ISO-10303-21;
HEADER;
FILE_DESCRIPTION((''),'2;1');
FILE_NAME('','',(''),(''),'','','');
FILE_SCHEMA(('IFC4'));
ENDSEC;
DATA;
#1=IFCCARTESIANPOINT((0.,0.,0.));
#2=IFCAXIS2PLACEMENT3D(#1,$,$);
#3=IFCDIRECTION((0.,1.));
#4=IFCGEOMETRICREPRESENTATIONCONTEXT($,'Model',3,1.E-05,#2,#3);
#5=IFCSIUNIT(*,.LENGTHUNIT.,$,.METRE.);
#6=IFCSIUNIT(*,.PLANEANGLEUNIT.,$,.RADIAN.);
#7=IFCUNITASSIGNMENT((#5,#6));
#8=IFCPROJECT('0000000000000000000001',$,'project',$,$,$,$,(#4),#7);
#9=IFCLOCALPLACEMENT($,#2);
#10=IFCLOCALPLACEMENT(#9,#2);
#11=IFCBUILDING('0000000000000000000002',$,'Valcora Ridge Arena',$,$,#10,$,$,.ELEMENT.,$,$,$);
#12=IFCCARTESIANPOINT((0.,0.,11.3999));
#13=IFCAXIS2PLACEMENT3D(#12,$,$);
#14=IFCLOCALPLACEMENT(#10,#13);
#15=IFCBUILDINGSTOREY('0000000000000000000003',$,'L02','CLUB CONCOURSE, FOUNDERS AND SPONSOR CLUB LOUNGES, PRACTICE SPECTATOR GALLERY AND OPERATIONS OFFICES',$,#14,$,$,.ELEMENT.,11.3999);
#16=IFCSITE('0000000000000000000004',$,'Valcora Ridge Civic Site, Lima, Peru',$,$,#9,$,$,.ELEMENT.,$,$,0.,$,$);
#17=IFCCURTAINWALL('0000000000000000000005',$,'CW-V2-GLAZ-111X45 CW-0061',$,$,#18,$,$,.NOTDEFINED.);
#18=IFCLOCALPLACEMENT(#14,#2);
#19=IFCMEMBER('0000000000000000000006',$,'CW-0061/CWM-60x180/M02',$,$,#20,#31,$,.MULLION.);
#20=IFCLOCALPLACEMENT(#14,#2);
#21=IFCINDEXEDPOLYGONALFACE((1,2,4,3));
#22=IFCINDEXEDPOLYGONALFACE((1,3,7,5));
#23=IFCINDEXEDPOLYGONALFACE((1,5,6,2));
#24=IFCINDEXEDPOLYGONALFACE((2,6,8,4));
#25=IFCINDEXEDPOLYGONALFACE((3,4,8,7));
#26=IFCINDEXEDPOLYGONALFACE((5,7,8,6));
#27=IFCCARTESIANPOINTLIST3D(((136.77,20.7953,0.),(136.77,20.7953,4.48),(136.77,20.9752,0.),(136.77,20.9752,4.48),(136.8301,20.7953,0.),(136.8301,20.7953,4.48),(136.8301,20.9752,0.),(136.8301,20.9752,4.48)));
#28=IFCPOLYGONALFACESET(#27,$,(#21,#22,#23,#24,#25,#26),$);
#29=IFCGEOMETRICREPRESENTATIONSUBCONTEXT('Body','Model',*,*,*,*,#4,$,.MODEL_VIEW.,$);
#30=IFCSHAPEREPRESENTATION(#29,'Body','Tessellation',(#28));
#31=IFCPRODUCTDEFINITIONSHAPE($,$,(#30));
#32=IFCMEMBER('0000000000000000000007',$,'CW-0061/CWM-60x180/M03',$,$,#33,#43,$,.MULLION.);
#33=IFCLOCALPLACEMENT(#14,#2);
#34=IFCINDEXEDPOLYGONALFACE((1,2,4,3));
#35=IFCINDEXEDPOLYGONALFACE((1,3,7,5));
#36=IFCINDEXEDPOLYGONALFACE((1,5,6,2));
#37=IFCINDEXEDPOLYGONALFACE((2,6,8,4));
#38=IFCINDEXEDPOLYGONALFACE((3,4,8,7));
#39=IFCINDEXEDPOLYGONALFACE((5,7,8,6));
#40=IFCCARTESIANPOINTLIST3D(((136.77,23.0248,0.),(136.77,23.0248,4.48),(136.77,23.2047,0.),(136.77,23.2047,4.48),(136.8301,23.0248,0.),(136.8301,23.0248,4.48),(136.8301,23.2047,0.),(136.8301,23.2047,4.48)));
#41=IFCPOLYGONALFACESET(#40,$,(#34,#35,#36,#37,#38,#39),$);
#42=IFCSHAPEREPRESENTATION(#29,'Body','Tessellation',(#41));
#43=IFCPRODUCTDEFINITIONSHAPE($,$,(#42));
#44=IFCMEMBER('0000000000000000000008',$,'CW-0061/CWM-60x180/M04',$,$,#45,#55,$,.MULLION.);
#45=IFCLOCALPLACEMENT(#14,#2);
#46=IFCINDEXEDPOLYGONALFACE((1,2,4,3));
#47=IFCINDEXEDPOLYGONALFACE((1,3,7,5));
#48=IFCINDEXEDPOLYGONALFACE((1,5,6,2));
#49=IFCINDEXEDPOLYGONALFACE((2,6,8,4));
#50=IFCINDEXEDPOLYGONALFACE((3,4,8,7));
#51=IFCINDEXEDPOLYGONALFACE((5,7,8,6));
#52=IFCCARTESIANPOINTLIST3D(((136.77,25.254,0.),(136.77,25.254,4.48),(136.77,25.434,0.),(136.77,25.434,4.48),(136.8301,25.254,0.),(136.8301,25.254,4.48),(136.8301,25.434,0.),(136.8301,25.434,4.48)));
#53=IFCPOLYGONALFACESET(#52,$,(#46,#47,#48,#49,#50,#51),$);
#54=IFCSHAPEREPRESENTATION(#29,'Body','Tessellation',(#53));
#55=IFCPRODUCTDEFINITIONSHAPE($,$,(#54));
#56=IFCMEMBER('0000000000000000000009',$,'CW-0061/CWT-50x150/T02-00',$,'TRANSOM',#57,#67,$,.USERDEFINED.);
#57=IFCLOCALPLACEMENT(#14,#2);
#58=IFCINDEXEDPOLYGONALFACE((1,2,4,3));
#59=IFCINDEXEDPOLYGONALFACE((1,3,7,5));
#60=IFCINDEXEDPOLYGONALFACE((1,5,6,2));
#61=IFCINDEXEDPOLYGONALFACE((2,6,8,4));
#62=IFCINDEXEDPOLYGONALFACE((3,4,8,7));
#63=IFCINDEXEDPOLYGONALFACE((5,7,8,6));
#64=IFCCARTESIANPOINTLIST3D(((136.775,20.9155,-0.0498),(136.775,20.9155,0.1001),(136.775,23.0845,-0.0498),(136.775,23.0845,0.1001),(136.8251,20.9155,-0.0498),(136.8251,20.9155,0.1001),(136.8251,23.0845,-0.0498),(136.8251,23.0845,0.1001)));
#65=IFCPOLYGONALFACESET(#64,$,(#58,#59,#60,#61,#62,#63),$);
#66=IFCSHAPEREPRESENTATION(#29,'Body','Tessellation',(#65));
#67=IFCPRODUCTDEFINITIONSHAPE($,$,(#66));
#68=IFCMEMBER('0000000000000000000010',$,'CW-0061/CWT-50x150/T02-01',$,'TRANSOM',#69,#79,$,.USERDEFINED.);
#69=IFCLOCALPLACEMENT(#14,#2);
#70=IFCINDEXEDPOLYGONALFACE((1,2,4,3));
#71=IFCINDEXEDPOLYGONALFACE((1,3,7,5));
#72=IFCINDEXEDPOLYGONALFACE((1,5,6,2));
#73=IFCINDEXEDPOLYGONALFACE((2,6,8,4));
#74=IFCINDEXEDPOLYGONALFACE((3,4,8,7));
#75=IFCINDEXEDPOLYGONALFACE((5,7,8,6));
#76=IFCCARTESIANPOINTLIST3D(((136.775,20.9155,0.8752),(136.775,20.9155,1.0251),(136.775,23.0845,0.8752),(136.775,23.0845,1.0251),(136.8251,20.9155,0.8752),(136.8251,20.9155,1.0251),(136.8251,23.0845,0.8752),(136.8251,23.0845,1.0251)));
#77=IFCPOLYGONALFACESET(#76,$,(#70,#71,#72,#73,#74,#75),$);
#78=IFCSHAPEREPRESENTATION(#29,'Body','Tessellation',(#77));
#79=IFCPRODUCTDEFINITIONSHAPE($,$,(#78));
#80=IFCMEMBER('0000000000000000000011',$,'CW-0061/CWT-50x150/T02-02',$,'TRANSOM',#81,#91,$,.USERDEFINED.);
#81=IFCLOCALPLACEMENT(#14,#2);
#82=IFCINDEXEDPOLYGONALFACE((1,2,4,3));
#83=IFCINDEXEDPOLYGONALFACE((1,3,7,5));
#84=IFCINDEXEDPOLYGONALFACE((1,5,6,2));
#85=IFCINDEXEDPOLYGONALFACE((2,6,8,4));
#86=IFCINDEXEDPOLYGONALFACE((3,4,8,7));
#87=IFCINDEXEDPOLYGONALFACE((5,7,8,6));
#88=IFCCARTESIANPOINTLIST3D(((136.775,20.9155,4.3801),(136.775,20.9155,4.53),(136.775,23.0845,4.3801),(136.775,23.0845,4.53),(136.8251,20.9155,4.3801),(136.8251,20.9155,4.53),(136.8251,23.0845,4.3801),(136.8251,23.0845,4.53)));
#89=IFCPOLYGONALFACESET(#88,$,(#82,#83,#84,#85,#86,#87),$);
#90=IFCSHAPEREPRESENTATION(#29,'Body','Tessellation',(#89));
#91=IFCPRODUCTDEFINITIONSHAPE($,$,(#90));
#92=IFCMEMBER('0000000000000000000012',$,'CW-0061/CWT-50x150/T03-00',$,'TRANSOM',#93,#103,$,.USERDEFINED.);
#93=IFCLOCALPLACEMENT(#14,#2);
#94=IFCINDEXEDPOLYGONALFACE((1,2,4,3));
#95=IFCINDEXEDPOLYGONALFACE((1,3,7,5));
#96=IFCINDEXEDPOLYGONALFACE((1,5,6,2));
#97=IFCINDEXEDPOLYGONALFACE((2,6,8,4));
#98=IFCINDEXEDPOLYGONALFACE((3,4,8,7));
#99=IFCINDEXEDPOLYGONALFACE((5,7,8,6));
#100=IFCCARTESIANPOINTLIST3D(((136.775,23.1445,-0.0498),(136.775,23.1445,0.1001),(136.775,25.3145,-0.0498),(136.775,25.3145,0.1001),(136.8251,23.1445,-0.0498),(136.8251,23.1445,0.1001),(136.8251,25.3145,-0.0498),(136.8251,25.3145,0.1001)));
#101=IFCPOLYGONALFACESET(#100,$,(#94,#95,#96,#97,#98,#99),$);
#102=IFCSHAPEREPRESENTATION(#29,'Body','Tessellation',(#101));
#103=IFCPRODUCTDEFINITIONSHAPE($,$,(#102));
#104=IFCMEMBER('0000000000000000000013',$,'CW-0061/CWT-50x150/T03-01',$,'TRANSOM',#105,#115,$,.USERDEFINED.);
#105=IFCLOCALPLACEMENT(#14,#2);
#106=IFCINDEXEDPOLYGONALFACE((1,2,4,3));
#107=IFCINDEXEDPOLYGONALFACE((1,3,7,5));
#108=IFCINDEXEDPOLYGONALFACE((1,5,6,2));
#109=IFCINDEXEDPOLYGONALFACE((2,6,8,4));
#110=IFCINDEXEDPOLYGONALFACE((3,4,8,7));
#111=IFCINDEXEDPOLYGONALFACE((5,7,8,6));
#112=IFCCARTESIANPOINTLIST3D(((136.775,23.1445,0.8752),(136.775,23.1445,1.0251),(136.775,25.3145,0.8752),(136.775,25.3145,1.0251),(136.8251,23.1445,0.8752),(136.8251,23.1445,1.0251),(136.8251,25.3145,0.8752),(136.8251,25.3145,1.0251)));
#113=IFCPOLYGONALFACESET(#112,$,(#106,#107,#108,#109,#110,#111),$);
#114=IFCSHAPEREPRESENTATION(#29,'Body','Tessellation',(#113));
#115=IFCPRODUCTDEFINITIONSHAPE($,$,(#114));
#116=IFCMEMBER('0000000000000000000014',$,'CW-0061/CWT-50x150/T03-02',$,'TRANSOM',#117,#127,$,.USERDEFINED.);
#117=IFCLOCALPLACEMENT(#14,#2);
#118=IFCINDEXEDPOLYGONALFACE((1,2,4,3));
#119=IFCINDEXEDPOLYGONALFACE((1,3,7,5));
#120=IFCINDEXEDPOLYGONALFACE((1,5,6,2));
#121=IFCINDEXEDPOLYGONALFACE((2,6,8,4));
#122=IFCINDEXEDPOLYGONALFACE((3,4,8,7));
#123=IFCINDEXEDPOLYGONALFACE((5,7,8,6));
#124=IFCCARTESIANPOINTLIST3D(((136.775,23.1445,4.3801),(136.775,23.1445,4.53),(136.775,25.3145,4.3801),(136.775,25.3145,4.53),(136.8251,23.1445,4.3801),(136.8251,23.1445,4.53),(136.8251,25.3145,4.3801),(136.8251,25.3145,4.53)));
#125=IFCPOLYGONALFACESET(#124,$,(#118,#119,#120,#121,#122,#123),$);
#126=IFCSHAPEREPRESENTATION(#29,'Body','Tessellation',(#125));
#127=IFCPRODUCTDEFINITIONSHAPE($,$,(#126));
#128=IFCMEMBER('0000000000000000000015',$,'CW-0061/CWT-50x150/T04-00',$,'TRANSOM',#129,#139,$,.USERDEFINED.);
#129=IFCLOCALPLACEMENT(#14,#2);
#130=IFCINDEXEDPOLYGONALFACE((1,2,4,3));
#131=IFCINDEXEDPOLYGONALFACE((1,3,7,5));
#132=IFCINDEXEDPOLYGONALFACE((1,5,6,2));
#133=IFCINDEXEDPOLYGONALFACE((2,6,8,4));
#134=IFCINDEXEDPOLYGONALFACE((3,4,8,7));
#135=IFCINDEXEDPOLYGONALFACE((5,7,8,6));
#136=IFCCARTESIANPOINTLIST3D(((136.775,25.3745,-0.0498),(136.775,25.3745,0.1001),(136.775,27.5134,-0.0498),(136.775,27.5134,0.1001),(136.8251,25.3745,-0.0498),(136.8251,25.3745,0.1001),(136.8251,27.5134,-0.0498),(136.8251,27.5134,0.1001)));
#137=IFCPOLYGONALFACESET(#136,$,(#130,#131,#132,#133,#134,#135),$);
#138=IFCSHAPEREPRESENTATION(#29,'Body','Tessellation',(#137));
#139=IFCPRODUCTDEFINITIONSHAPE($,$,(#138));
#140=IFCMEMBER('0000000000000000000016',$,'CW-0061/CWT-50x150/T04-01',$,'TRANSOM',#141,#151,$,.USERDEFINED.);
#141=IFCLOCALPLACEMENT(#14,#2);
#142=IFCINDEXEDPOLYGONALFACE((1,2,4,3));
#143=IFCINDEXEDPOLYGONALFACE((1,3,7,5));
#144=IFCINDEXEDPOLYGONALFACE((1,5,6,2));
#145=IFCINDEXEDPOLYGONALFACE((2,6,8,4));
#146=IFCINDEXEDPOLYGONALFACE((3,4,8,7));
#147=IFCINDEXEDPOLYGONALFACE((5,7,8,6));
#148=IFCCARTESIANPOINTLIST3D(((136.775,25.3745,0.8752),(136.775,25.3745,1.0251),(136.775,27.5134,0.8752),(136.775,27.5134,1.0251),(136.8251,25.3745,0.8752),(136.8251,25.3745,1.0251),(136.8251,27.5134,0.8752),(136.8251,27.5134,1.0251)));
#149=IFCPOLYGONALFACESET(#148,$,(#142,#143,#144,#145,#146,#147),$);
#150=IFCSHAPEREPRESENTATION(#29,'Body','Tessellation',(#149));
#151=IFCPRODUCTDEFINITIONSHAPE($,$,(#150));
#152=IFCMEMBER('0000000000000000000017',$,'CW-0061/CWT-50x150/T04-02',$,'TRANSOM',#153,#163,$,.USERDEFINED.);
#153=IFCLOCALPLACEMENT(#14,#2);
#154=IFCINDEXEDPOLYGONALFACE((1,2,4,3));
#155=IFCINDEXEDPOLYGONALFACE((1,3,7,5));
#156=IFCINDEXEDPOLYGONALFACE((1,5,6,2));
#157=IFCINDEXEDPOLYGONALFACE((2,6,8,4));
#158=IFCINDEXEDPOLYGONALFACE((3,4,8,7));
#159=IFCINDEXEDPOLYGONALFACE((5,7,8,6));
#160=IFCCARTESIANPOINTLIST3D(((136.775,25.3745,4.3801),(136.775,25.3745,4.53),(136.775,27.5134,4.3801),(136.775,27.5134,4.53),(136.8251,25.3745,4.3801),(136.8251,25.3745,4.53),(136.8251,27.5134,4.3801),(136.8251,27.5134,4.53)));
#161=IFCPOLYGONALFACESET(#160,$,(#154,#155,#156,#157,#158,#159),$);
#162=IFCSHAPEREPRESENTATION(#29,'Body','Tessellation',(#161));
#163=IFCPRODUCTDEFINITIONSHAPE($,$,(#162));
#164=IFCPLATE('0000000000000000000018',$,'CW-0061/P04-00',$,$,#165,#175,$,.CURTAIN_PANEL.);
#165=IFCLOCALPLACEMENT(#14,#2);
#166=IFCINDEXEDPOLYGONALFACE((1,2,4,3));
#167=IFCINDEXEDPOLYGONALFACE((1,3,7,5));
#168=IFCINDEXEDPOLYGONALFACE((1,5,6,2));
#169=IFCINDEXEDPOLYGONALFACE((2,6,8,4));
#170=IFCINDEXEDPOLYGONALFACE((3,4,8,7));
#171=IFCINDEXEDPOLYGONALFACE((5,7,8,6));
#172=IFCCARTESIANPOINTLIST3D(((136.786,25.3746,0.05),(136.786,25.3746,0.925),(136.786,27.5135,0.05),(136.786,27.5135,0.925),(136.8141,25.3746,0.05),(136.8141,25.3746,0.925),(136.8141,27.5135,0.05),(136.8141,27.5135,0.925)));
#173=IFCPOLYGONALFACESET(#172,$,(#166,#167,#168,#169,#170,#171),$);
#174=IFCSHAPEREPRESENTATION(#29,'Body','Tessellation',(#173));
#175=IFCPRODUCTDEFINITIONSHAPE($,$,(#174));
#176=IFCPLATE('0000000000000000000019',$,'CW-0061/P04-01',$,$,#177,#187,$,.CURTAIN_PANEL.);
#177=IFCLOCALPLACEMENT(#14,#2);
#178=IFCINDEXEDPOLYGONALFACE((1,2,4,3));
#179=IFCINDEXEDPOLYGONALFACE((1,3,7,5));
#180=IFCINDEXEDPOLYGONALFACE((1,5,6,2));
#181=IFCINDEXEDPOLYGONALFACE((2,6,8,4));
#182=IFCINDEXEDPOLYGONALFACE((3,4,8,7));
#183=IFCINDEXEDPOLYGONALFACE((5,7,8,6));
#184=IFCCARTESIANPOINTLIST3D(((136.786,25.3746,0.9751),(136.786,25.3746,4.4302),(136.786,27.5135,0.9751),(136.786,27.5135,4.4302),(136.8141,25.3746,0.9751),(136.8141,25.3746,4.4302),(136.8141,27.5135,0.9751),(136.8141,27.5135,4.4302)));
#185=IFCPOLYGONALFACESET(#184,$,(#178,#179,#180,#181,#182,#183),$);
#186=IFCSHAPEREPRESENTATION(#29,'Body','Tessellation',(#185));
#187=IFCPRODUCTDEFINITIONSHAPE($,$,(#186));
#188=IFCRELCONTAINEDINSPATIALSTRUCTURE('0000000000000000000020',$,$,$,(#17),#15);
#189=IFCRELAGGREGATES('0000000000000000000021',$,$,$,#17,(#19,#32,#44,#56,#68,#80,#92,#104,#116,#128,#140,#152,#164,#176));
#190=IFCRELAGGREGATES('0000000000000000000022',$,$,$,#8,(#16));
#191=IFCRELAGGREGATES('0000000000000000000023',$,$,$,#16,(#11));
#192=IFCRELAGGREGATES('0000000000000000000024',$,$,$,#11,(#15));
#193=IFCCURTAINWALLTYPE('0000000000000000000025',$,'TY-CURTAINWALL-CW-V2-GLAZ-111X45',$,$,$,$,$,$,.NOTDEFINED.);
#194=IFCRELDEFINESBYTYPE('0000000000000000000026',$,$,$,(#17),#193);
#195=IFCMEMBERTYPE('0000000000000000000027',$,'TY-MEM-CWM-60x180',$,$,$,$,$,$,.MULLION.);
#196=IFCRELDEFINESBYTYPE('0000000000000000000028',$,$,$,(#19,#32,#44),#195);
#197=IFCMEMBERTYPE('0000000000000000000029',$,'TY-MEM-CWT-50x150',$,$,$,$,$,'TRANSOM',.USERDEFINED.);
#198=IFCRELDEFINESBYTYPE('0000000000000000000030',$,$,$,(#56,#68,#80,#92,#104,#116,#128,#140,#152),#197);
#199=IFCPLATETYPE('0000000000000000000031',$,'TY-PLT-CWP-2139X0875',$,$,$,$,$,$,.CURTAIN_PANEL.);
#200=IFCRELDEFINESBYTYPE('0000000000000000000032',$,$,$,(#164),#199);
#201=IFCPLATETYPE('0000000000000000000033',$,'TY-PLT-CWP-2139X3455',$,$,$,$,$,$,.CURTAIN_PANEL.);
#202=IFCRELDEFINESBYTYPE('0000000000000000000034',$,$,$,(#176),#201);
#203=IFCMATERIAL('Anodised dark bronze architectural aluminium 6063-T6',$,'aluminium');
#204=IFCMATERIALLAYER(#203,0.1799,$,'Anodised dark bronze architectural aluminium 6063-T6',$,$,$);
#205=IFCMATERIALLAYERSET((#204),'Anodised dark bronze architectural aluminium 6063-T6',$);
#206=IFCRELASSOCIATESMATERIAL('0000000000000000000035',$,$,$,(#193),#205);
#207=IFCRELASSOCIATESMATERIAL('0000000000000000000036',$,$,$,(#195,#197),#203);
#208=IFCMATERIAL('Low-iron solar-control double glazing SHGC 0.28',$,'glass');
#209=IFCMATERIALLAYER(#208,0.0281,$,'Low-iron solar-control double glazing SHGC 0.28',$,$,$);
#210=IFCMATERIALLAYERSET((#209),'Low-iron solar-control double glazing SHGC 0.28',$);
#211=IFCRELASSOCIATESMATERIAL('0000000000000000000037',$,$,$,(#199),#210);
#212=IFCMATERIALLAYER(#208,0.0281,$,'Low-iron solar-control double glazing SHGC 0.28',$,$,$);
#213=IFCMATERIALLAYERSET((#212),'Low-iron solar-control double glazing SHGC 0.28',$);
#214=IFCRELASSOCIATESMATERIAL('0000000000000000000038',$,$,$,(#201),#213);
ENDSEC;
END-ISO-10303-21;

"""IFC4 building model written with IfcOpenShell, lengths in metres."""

from ifc_helpers import new_model, si_unit, direction, frame, origin, origin_2d, place, context, subcontext, project, spatial, rectangle, extrude, material, layer, layer_set, material_profile, profile_set, type_object, element, aggregate, save


model = new_model("IFC4")

# Units and contexts
model_context = context("Model", 3, precision=1e-05, world=origin(), true_north=direction((0.0, 1.0)))
body_context = subcontext(model_context, "Body", "Model", "MODEL_VIEW")
ifc_project = project(units=[si_unit("LENGTHUNIT", "METRE"), si_unit("PLANEANGLEUNIT", "RADIAN")], contexts=[model_context])

# Site, building, storey
site_placement = place(None, origin())
site = spatial("IfcSite", under=ifc_project, at=site_placement, Name="Valcora Ridge Civic Site, Lima, Peru", CompositionType="ELEMENT", RefElevation=0.0)
building_placement = place(site_placement, origin())
building = spatial("IfcBuilding", under=site, at=building_placement, Name="Valcora Ridge Arena", CompositionType="ELEMENT")
storey_placement = place(building_placement, frame((0.0, 0.0, 11.3999)))
storey = spatial("IfcBuildingStorey", under=building, at=storey_placement, Name="L02", Description="CLUB CONCOURSE, FOUNDERS AND SPONSOR CLUB LOUNGES, PRACTICE SPECTATOR GALLERY AND OPERATIONS OFFICES", CompositionType="ELEMENT", Elevation=11.3999)

# Curtain wall, members, plates
ifc_material_1 = material(Name="Anodised dark bronze architectural aluminium 6063-T6", Category="aluminium")
ifc_layer_1 = layer(ifc_material_1, 0.1799, Name="Anodised dark bronze architectural aluminium 6063-T6")
ifc_layer_set_1 = layer_set([ifc_layer_1], Name="Anodised dark bronze architectural aluminium 6063-T6")
curtain_wall_type = type_object("IfcCurtainWallType", Name="TY-CURTAINWALL-CW-V2-GLAZ-111X45", PredefinedType="NOTDEFINED", material=ifc_layer_set_1)
curtain_wall_placement = place(storey_placement, origin())
curtain_wall = element("IfcCurtainWall", 1, at=curtain_wall_placement, inside=storey, type_object=curtain_wall_type, Name="CW-V2-GLAZ-111X45 CW-0061", PredefinedType="NOTDEFINED")
ifc_material_profile_1 = material_profile(ifc_material_1, rectangle(XDim=0.0601, YDim=0.1799, at=origin_2d()), Name="ALU MULLION 60x180")
ifc_profile_set_1 = profile_set([ifc_material_profile_1], Name="Anodised dark bronze architectural aluminium 6063-T6")
member_type_1 = type_object("IfcMemberType", Name="TY-MEM-CWM-60x180", PredefinedType="MULLION", material=ifc_profile_set_1)
member_1_placement = place(storey_placement, frame((136.8, 20.8853, 0.0), z_axis=(0.0, 0.0, 1.0), x_axis=(-1.0, 0.0, 0.0)))
member_1 = element("IfcMember", 2, at=member_1_placement, type_object=member_type_1, Name="CW-0061/CWM-60x180/M02", PredefinedType="MULLION", context=body_context, shape_type="SweptSolid", body=[
    extrude(rectangle(XDim=0.0601, YDim=0.1799, at=origin_2d()), origin(), (0.0, 0.0, 1.0), 4.48),
])
member_2_placement = place(storey_placement, frame((136.8, 23.1147, 0.0), z_axis=(0.0, 0.0, 1.0), x_axis=(-1.0, 0.0, 0.0)))
member_2 = element("IfcMember", 3, at=member_2_placement, type_object=member_type_1, Name="CW-0061/CWM-60x180/M03", PredefinedType="MULLION", context=body_context, shape_type="SweptSolid", body=[
    extrude(rectangle(XDim=0.0601, YDim=0.1799, at=origin_2d()), origin(), (0.0, 0.0, 1.0), 4.48),
])
member_3_placement = place(storey_placement, frame((136.8, 25.344, 0.0), z_axis=(0.0, 0.0, 1.0), x_axis=(-1.0, 0.0, 0.0)))
member_3 = element("IfcMember", 4, at=member_3_placement, type_object=member_type_1, Name="CW-0061/CWM-60x180/M04", PredefinedType="MULLION", context=body_context, shape_type="SweptSolid", body=[
    extrude(rectangle(XDim=0.0601, YDim=0.1799, at=origin_2d()), origin(), (0.0, 0.0, 1.0), 4.48),
])
ifc_material_profile_2 = material_profile(ifc_material_1, rectangle(XDim=0.05, YDim=0.1499, at=origin_2d()), Name="ALU TRANSOM 50x150")
ifc_profile_set_2 = profile_set([ifc_material_profile_2], Name="Anodised dark bronze architectural aluminium 6063-T6")
member_type_2 = type_object("IfcMemberType", Name="TY-MEM-CWT-50x150", ElementType="TRANSOM", PredefinedType="USERDEFINED", material=ifc_profile_set_2)
member_4_placement = place(storey_placement, frame((136.8, 20.9155, 0.0251), z_axis=(0.0, 1.0, 0.0), x_axis=(-1.0, 0.0, 0.0)))
member_4 = element("IfcMember", 5, at=member_4_placement, type_object=member_type_2, Name="CW-0061/CWT-50x150/T02-00", ObjectType="TRANSOM", PredefinedType="USERDEFINED", context=body_context, shape_type="SweptSolid", body=[
    extrude(rectangle(XDim=0.05, YDim=0.1499, at=origin_2d()), origin(), (0.0, 0.0, 1.0), 2.1689),
])
member_5_placement = place(storey_placement, frame((136.8, 20.9155, 0.9502), z_axis=(0.0, 1.0, 0.0), x_axis=(-1.0, 0.0, 0.0)))
member_5 = element("IfcMember", 6, at=member_5_placement, type_object=member_type_2, Name="CW-0061/CWT-50x150/T02-01", ObjectType="TRANSOM", PredefinedType="USERDEFINED", context=body_context, shape_type="SweptSolid", body=[
    extrude(rectangle(XDim=0.05, YDim=0.1499, at=origin_2d()), origin(), (0.0, 0.0, 1.0), 2.1689),
])
member_6_placement = place(storey_placement, frame((136.8, 20.9155, 4.4551), z_axis=(0.0, 1.0, 0.0), x_axis=(-1.0, 0.0, 0.0)))
member_6 = element("IfcMember", 7, at=member_6_placement, type_object=member_type_2, Name="CW-0061/CWT-50x150/T02-02", ObjectType="TRANSOM", PredefinedType="USERDEFINED", context=body_context, shape_type="SweptSolid", body=[
    extrude(rectangle(XDim=0.05, YDim=0.1499, at=origin_2d()), origin(), (0.0, 0.0, 1.0), 2.1689),
])
member_7_placement = place(storey_placement, frame((136.8, 23.1445, 0.0251), z_axis=(0.0, 1.0, 0.0), x_axis=(-1.0, 0.0, 0.0)))
member_7 = element("IfcMember", 8, at=member_7_placement, type_object=member_type_2, Name="CW-0061/CWT-50x150/T03-00", ObjectType="TRANSOM", PredefinedType="USERDEFINED", context=body_context, shape_type="SweptSolid", body=[
    extrude(rectangle(XDim=0.05, YDim=0.1499, at=origin_2d()), origin(), (0.0, 0.0, 1.0), 2.1699),
])
member_8_placement = place(storey_placement, frame((136.8, 23.1445, 0.9502), z_axis=(0.0, 1.0, 0.0), x_axis=(-1.0, 0.0, 0.0)))
member_8 = element("IfcMember", 9, at=member_8_placement, type_object=member_type_2, Name="CW-0061/CWT-50x150/T03-01", ObjectType="TRANSOM", PredefinedType="USERDEFINED", context=body_context, shape_type="SweptSolid", body=[
    extrude(rectangle(XDim=0.05, YDim=0.1499, at=origin_2d()), origin(), (0.0, 0.0, 1.0), 2.1699),
])
member_9_placement = place(storey_placement, frame((136.8, 23.1445, 4.4551), z_axis=(0.0, 1.0, 0.0), x_axis=(-1.0, 0.0, 0.0)))
member_9 = element("IfcMember", 10, at=member_9_placement, type_object=member_type_2, Name="CW-0061/CWT-50x150/T03-02", ObjectType="TRANSOM", PredefinedType="USERDEFINED", context=body_context, shape_type="SweptSolid", body=[
    extrude(rectangle(XDim=0.05, YDim=0.1499, at=origin_2d()), origin(), (0.0, 0.0, 1.0), 2.1699),
])
member_10_placement = place(storey_placement, frame((136.8, 25.3745, 0.0251), z_axis=(0.0, 1.0, 0.0), x_axis=(-1.0, 0.0, 0.0)))
member_10 = element("IfcMember", 11, at=member_10_placement, type_object=member_type_2, Name="CW-0061/CWT-50x150/T04-00", ObjectType="TRANSOM", PredefinedType="USERDEFINED", context=body_context, shape_type="SweptSolid", body=[
    extrude(rectangle(XDim=0.05, YDim=0.1499, at=origin_2d()), origin(), (0.0, 0.0, 1.0), 2.1389),
])
member_11_placement = place(storey_placement, frame((136.8, 25.3745, 0.9502), z_axis=(0.0, 1.0, 0.0), x_axis=(-1.0, 0.0, 0.0)))
member_11 = element("IfcMember", 12, at=member_11_placement, type_object=member_type_2, Name="CW-0061/CWT-50x150/T04-01", ObjectType="TRANSOM", PredefinedType="USERDEFINED", context=body_context, shape_type="SweptSolid", body=[
    extrude(rectangle(XDim=0.05, YDim=0.1499, at=origin_2d()), origin(), (0.0, 0.0, 1.0), 2.1389),
])
member_12_placement = place(storey_placement, frame((136.8, 25.3745, 4.4551), z_axis=(0.0, 1.0, 0.0), x_axis=(-1.0, 0.0, 0.0)))
member_12 = element("IfcMember", 13, at=member_12_placement, type_object=member_type_2, Name="CW-0061/CWT-50x150/T04-02", ObjectType="TRANSOM", PredefinedType="USERDEFINED", context=body_context, shape_type="SweptSolid", body=[
    extrude(rectangle(XDim=0.05, YDim=0.1499, at=origin_2d()), origin(), (0.0, 0.0, 1.0), 2.1389),
])
ifc_material_2 = material(Name="Low-iron solar-control double glazing SHGC 0.28", Category="glass")
ifc_layer_2 = layer(ifc_material_2, 0.0281, Name="Low-iron solar-control double glazing SHGC 0.28")
ifc_layer_set_2 = layer_set([ifc_layer_2], Name="Low-iron solar-control double glazing SHGC 0.28")
plate_type_1 = type_object("IfcPlateType", Name="TY-PLT-CWP-2139X0875", PredefinedType="CURTAIN_PANEL", material=ifc_layer_set_2)
plate_1_placement = place(storey_placement, frame((136.8, 26.4441, 0.05), z_axis=(0.0, 0.0, 1.0), x_axis=(0.0, 1.0, 0.0)))
plate_1 = element("IfcPlate", 14, at=plate_1_placement, type_object=plate_type_1, Name="CW-0061/P04-00", PredefinedType="CURTAIN_PANEL", context=body_context, shape_type="SweptSolid", body=[
    extrude(rectangle(XDim=2.1389, YDim=0.0281, at=origin_2d()), origin(), (0.0, 0.0, 1.0), 0.875),
])
ifc_layer_3 = layer(ifc_material_2, 0.0281, Name="Low-iron solar-control double glazing SHGC 0.28")
ifc_layer_set_3 = layer_set([ifc_layer_3], Name="Low-iron solar-control double glazing SHGC 0.28")
plate_type_2 = type_object("IfcPlateType", Name="TY-PLT-CWP-2139X3455", PredefinedType="CURTAIN_PANEL", material=ifc_layer_set_3)
plate_2_placement = place(storey_placement, frame((136.8, 26.4441, 0.9751), z_axis=(0.0, 0.0, 1.0), x_axis=(0.0, 1.0, 0.0)))
plate_2 = element("IfcPlate", 15, at=plate_2_placement, type_object=plate_type_2, Name="CW-0061/P04-01", PredefinedType="CURTAIN_PANEL", context=body_context, shape_type="SweptSolid", body=[
    extrude(rectangle(XDim=2.1389, YDim=0.0281, at=origin_2d()), origin(), (0.0, 0.0, 1.0), 3.4551),
])
aggregate(curtain_wall, [member_1, member_2, member_3, member_4, member_5, member_6, member_7, member_8, member_9, member_10, member_11, member_12, plate_1, plate_2])

save(model, "model.ifc")
